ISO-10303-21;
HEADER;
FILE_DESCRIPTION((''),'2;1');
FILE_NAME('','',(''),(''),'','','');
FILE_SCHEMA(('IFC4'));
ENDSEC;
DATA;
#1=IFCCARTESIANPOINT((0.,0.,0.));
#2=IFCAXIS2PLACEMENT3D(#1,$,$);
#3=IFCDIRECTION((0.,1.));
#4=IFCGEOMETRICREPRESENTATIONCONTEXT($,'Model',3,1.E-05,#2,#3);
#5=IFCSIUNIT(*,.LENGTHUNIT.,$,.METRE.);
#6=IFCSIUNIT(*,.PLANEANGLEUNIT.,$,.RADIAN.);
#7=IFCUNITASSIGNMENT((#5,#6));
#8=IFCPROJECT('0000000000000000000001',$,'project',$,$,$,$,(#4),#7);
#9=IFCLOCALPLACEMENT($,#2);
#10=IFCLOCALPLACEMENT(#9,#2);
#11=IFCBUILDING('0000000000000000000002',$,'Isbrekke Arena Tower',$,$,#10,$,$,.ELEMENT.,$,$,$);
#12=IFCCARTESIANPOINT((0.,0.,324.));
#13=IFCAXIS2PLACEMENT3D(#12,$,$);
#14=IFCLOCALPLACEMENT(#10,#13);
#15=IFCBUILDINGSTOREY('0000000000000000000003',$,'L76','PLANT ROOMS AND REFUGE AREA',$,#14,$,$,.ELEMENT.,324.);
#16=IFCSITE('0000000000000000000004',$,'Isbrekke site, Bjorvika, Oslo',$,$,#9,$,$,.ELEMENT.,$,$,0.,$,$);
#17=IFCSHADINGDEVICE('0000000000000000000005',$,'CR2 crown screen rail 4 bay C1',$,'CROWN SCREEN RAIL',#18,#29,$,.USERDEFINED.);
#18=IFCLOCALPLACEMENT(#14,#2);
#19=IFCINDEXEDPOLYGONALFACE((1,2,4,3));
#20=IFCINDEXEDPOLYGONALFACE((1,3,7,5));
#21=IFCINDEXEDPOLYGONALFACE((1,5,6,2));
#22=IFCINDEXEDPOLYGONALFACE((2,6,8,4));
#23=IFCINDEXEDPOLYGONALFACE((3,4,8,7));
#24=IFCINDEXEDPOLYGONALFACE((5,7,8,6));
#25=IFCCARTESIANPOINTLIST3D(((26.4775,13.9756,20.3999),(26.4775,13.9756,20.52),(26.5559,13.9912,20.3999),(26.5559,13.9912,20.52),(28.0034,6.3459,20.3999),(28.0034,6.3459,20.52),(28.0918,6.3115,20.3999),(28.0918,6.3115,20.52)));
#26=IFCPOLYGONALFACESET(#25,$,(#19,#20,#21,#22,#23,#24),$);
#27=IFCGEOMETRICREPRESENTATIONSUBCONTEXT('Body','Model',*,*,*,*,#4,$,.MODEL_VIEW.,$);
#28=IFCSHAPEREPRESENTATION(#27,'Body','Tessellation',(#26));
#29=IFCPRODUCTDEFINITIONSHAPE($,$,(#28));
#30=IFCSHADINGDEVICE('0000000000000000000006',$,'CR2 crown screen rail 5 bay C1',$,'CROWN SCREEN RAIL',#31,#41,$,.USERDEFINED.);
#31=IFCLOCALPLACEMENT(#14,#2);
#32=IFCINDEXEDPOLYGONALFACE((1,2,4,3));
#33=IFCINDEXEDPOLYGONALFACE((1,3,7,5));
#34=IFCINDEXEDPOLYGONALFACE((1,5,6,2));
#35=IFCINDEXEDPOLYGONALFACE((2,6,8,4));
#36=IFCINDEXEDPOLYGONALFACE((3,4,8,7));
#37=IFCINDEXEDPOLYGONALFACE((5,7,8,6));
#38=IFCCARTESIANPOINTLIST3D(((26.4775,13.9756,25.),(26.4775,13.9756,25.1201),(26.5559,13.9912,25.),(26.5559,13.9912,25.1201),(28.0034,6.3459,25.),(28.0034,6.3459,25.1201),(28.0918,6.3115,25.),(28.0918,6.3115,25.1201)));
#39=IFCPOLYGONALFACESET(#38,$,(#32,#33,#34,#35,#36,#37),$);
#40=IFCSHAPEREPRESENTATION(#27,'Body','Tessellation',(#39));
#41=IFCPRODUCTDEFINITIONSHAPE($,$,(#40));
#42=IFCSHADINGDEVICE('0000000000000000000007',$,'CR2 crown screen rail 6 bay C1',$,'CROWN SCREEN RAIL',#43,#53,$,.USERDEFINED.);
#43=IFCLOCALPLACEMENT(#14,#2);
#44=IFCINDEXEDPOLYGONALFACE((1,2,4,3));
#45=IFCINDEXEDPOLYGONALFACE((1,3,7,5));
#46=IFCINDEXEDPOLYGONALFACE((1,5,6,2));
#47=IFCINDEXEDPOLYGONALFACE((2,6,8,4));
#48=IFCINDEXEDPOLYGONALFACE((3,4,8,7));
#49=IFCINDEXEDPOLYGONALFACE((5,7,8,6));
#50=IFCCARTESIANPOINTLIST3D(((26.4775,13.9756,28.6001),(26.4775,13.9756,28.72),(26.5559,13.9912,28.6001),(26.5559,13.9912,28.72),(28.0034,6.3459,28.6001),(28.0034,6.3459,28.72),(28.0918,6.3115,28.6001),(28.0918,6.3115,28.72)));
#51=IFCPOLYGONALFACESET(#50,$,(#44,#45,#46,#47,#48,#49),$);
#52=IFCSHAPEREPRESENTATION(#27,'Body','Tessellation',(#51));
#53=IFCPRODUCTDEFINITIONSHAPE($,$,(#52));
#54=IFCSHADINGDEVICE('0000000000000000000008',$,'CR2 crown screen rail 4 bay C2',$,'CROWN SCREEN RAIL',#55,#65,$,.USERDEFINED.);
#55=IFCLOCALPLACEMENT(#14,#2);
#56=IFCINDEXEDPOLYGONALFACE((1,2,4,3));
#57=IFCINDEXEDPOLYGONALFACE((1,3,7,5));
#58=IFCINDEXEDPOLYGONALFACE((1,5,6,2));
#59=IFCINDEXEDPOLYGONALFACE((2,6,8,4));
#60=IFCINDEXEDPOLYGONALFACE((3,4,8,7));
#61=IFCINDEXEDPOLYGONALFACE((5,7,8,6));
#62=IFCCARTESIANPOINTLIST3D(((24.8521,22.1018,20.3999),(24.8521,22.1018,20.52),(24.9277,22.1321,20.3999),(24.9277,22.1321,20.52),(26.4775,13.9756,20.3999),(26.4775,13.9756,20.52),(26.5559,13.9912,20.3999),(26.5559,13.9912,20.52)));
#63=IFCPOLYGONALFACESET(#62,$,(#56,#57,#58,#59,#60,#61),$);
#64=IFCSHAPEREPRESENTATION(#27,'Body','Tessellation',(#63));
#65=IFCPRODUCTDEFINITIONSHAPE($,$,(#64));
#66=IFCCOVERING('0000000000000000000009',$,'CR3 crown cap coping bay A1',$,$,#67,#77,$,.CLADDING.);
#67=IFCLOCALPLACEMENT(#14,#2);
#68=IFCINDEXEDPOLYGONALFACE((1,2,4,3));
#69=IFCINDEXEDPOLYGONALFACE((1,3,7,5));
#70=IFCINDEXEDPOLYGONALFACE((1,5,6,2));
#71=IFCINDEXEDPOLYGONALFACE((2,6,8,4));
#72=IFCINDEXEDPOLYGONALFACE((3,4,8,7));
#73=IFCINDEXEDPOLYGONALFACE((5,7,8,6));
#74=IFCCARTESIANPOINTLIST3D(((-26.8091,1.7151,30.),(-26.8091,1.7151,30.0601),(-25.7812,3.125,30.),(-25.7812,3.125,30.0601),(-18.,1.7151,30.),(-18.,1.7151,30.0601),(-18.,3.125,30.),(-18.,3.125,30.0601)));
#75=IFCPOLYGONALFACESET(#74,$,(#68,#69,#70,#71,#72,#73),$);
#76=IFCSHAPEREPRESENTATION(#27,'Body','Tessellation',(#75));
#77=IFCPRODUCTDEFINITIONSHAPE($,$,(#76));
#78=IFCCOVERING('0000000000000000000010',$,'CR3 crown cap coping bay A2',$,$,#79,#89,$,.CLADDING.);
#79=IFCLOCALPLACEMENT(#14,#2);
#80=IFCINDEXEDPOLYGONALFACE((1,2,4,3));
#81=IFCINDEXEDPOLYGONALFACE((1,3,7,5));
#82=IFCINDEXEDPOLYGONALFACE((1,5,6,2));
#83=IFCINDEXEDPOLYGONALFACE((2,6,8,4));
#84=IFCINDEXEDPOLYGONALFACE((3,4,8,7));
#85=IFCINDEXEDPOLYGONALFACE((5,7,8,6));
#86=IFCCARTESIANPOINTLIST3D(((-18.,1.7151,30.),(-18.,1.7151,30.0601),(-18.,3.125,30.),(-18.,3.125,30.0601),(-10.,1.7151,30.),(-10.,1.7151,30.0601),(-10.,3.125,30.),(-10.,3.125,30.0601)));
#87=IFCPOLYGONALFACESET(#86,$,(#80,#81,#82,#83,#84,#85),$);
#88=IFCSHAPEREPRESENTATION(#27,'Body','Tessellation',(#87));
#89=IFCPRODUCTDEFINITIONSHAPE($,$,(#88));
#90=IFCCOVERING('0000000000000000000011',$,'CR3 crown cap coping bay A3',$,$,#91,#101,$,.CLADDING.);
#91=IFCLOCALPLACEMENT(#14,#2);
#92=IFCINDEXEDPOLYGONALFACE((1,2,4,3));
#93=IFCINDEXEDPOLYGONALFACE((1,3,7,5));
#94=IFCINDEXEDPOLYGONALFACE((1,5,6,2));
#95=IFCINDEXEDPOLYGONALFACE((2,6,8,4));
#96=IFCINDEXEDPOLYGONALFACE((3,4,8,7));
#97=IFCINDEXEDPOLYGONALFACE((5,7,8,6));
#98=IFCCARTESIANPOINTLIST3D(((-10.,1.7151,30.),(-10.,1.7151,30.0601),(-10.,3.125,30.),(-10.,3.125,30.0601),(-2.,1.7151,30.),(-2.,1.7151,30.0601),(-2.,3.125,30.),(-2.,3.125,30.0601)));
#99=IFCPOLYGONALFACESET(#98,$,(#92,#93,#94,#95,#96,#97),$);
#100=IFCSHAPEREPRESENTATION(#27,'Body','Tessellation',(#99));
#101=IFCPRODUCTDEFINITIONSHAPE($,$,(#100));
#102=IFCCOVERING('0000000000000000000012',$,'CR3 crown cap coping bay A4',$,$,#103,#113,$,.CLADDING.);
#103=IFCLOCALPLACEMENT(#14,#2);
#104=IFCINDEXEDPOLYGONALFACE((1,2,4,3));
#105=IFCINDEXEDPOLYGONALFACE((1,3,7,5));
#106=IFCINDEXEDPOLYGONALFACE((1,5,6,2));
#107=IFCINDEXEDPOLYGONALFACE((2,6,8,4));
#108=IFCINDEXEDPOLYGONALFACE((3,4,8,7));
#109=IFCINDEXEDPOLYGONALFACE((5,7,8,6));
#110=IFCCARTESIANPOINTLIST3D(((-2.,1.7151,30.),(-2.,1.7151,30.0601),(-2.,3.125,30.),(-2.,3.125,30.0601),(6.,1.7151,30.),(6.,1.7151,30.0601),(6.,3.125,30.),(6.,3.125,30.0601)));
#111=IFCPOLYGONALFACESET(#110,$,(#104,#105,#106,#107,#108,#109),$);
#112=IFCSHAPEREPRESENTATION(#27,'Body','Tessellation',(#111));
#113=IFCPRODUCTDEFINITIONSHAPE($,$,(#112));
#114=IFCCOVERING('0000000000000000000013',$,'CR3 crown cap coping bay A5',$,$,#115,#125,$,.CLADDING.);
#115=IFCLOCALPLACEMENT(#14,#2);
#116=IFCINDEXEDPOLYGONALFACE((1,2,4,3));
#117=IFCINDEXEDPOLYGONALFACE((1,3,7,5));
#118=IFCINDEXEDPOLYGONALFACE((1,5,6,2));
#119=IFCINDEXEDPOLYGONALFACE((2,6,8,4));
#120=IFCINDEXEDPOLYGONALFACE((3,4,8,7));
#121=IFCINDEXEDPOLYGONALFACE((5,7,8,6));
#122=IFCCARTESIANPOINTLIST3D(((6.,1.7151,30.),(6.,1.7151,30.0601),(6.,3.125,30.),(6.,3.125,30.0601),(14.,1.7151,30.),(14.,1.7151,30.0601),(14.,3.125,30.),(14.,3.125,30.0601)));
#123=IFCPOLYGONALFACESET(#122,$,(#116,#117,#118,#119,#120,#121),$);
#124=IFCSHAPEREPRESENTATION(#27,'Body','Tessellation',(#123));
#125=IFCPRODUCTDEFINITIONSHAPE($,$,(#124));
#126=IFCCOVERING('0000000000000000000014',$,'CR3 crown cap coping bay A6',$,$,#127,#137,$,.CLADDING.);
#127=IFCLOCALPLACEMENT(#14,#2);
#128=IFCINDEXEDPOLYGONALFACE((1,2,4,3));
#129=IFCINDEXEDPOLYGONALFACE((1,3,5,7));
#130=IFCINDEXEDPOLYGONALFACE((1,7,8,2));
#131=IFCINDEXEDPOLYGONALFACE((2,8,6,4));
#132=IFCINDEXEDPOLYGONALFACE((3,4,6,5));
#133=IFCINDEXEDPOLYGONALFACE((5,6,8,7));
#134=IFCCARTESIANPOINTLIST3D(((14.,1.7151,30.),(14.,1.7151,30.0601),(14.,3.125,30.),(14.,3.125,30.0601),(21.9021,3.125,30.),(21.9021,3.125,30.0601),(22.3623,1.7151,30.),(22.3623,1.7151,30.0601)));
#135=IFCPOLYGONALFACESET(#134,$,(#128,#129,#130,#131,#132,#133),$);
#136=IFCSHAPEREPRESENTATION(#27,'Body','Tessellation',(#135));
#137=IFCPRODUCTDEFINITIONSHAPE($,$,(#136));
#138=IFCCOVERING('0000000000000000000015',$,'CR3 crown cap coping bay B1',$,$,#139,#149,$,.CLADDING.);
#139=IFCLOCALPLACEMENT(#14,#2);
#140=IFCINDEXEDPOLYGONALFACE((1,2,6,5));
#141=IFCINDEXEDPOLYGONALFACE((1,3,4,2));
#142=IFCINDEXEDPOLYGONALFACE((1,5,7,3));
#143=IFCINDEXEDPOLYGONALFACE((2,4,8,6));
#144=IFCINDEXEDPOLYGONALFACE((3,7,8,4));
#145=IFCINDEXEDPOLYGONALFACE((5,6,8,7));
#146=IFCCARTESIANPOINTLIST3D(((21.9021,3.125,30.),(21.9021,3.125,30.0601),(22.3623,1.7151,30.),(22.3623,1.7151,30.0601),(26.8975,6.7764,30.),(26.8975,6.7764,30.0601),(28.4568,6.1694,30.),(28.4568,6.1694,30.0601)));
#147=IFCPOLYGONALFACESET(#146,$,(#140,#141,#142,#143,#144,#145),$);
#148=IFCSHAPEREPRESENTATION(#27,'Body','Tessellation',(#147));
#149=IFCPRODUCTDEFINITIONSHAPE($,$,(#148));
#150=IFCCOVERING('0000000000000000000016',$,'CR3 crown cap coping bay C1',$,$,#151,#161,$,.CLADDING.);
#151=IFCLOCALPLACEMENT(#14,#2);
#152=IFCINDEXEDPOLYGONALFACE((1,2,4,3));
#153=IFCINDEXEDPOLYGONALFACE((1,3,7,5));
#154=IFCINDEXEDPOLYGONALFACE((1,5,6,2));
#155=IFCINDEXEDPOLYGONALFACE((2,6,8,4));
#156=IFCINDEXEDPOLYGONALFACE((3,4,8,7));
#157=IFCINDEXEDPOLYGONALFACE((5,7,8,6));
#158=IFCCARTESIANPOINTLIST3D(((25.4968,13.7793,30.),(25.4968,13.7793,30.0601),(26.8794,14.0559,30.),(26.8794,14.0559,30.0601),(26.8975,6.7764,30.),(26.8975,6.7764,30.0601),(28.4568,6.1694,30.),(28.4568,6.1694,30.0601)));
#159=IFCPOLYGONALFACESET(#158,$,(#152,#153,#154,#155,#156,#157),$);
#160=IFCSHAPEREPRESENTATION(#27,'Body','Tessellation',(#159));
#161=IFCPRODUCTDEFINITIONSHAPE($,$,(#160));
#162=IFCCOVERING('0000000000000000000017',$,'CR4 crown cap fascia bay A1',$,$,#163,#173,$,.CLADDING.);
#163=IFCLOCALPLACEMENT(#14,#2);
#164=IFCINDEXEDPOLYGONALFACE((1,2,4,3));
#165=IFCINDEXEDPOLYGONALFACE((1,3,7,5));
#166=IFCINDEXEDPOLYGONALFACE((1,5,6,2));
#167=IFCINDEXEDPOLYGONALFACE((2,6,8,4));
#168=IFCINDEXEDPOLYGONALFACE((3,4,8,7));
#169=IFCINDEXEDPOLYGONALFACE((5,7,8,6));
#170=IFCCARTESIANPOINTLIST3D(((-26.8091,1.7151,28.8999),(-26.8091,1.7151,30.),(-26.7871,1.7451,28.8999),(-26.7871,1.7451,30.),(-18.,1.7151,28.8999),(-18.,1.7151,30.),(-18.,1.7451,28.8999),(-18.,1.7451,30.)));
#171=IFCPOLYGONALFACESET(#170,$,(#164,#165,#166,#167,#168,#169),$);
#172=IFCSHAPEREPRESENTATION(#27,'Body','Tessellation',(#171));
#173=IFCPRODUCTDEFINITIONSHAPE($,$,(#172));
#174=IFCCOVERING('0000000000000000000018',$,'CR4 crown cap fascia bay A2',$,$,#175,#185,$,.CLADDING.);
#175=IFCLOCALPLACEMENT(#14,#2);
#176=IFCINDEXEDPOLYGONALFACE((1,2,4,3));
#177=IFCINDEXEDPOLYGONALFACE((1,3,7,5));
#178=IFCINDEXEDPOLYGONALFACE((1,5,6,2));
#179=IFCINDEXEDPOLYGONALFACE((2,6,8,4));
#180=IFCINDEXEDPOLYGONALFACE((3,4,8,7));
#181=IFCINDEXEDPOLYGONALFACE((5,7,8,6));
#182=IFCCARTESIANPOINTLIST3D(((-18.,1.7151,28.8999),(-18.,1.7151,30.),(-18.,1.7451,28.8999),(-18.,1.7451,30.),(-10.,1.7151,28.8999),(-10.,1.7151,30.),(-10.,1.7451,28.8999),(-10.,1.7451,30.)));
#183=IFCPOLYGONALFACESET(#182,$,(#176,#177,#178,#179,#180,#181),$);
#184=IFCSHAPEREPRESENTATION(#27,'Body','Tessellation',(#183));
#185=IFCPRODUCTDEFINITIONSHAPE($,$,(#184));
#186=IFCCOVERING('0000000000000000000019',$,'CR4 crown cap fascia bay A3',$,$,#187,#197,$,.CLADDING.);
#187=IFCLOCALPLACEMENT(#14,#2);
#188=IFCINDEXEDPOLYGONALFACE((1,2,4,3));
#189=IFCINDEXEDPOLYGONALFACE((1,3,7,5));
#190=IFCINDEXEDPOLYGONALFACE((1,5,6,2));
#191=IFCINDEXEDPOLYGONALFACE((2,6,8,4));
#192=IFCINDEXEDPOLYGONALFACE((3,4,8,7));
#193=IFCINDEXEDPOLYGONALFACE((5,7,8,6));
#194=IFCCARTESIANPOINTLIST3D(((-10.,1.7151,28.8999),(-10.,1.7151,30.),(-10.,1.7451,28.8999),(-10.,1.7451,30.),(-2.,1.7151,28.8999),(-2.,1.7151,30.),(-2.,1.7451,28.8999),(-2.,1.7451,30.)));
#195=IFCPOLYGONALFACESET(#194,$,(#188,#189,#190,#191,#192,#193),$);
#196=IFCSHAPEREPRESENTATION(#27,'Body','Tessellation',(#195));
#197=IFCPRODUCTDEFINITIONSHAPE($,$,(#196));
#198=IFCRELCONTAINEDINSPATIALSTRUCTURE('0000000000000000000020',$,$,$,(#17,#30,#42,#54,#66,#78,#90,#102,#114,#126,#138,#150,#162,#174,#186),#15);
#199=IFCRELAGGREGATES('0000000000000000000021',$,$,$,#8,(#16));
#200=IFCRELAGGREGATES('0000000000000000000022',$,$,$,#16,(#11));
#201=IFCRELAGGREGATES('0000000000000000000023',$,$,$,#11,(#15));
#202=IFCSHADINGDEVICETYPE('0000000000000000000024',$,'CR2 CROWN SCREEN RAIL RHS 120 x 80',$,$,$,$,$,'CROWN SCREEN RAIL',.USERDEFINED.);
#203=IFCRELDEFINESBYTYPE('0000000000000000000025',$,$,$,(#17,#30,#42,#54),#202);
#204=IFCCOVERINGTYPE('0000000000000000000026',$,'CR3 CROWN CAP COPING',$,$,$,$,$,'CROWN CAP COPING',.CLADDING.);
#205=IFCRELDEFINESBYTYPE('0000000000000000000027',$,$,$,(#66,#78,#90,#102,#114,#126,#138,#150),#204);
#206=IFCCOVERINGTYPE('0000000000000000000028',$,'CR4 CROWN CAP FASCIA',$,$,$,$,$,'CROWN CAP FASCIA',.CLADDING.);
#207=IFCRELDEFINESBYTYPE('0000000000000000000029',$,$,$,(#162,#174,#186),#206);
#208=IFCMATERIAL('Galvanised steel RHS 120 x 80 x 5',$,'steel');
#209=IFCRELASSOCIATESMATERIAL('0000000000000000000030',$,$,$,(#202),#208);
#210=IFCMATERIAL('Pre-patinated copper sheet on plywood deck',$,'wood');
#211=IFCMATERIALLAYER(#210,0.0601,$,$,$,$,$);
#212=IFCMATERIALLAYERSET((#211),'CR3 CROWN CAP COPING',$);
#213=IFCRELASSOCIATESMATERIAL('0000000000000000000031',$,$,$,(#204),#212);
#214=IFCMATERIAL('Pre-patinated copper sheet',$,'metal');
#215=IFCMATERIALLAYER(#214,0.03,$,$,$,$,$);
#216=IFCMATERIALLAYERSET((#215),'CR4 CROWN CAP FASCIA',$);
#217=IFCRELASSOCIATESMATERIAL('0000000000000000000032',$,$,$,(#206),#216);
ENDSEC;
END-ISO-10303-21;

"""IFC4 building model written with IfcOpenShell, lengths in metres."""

from ifc_helpers import new_model, si_unit, direction, frame, origin, place, context, subcontext, project, spatial, polyline, outline, extrude, material, layer, layer_set, type_object, element, save


model = new_model("IFC4")

# Units and contexts
model_context = context("Model", 3, precision=1e-05, world=origin(), true_north=direction((0.0, 1.0)))
body_context = subcontext(model_context, "Body", "Model", "MODEL_VIEW")
ifc_project = project(units=[si_unit("LENGTHUNIT", "METRE"), si_unit("PLANEANGLEUNIT", "RADIAN")], contexts=[model_context])

# Site, building, storey
site_placement = place(None, origin())
site = spatial("IfcSite", under=ifc_project, at=site_placement, Name="Isbrekke site, Bjorvika, Oslo", CompositionType="ELEMENT", RefElevation=0.0)
building_placement = place(site_placement, origin())
building = spatial("IfcBuilding", under=site, at=building_placement, Name="Isbrekke Arena Tower", CompositionType="ELEMENT")
storey_placement = place(building_placement, frame((0.0, 0.0, 324.0)))
storey = spatial("IfcBuildingStorey", under=building, at=storey_placement, Name="L76", Description="PLANT ROOMS AND REFUGE AREA", CompositionType="ELEMENT", Elevation=324.0)

# Shading devices
ifc_material_1 = material(Name="Galvanised steel RHS 120 x 80 x 5", Category="steel")
shading_device_type = type_object("IfcShadingDeviceType", Name="CR2 CROWN SCREEN RAIL RHS 120 x 80", ElementType="CROWN SCREEN RAIL", PredefinedType="USERDEFINED", material=ifc_material_1)
for number, where, name in (
    (1, (0.0, 0.0, 20.3999), "CR2 crown screen rail 4 bay C1"),
    (2, (0.0, 0.0, 25.0), "CR2 crown screen rail 5 bay C1"),
):
    element("IfcShadingDevice", number, at=place(storey_placement, frame(where)), inside=storey, type_object=shading_device_type, Name=name, ObjectType="CROWN SCREEN RAIL", PredefinedType="USERDEFINED", context=body_context, shape_type="SweptSolid", body=[
        extrude(outline(polyline([(28.0034, 6.3459), (26.4775, 13.9756), (26.5559, 13.9912), (28.0918, 6.3115), (28.0034, 6.3459)])), origin(), (0.0, 0.0, 1.0), 0.1201),
    ])
shading_device_1_placement = place(storey_placement, frame((0.0, 0.0, 28.6001)))
element("IfcShadingDevice", 3, at=shading_device_1_placement, inside=storey, type_object=shading_device_type, Name="CR2 crown screen rail 6 bay C1", ObjectType="CROWN SCREEN RAIL", PredefinedType="USERDEFINED", context=body_context, shape_type="SweptSolid", body=[
    extrude(outline(polyline([(28.0034, 6.3459), (26.4775, 13.9756), (26.5559, 13.9912), (28.0918, 6.3115), (28.0034, 6.3459)])), origin(), (0.0, 0.0, 1.0), 0.1199),
])
shading_device_2_placement = place(storey_placement, frame((0.0, 0.0, 20.3999)))
element("IfcShadingDevice", 4, at=shading_device_2_placement, inside=storey, type_object=shading_device_type, Name="CR2 crown screen rail 4 bay C2", ObjectType="CROWN SCREEN RAIL", PredefinedType="USERDEFINED", context=body_context, shape_type="SweptSolid", body=[
    extrude(outline(polyline([(26.4775, 13.9756), (24.8521, 22.1018), (24.9277, 22.1321), (26.5559, 13.9912), (26.4775, 13.9756)])), origin(), (0.0, 0.0, 1.0), 0.1201),
])

# Coverings
ifc_material_2 = material(Name="Pre-patinated copper sheet on plywood deck", Category="wood")
ifc_layer_1 = layer(ifc_material_2, 0.0601)
ifc_layer_set_1 = layer_set([ifc_layer_1], Name="CR3 CROWN CAP COPING")
covering_type_1 = type_object("IfcCoveringType", Name="CR3 CROWN CAP COPING", ElementType="CROWN CAP COPING", PredefinedType="CLADDING", material=ifc_layer_set_1)
covering_1_placement = place(storey_placement, frame((0.0, 0.0, 30.0)))
element("IfcCovering", 5, at=covering_1_placement, inside=storey, type_object=covering_type_1, Name="CR3 crown cap coping bay A1", PredefinedType="CLADDING", context=body_context, shape_type="SweptSolid", body=[
    extrude(outline(polyline([(-25.7812, 3.125), (-18.0, 3.125), (-18.0, 1.7151), (-26.8091, 1.7151), (-25.7812, 3.125)])), origin(), (0.0, 0.0, 1.0), 0.0601),
])
covering_2_placement = place(storey_placement, frame((0.0, 0.0, 30.0)))
element("IfcCovering", 6, at=covering_2_placement, inside=storey, type_object=covering_type_1, Name="CR3 crown cap coping bay A2", PredefinedType="CLADDING", context=body_context, shape_type="SweptSolid", body=[
    extrude(outline(polyline([(-18.0, 3.125), (-10.0, 3.125), (-10.0, 1.7151), (-18.0, 1.7151), (-18.0, 3.125)])), origin(), (0.0, 0.0, 1.0), 0.0601),
])
covering_3_placement = place(storey_placement, frame((0.0, 0.0, 30.0)))
element("IfcCovering", 7, at=covering_3_placement, inside=storey, type_object=covering_type_1, Name="CR3 crown cap coping bay A3", PredefinedType="CLADDING", context=body_context, shape_type="SweptSolid", body=[
    extrude(outline(polyline([(-10.0, 3.125), (-2.0, 3.125), (-2.0, 1.7151), (-10.0, 1.7151), (-10.0, 3.125)])), origin(), (0.0, 0.0, 1.0), 0.0601),
])
covering_4_placement = place(storey_placement, frame((0.0, 0.0, 30.0)))
element("IfcCovering", 8, at=covering_4_placement, inside=storey, type_object=covering_type_1, Name="CR3 crown cap coping bay A4", PredefinedType="CLADDING", context=body_context, shape_type="SweptSolid", body=[
    extrude(outline(polyline([(-2.0, 3.125), (6.0, 3.125), (6.0, 1.7151), (-2.0, 1.7151), (-2.0, 3.125)])), origin(), (0.0, 0.0, 1.0), 0.0601),
])
covering_5_placement = place(storey_placement, frame((0.0, 0.0, 30.0)))
element("IfcCovering", 9, at=covering_5_placement, inside=storey, type_object=covering_type_1, Name="CR3 crown cap coping bay A5", PredefinedType="CLADDING", context=body_context, shape_type="SweptSolid", body=[
    extrude(outline(polyline([(6.0, 3.125), (14.0, 3.125), (14.0, 1.7151), (6.0, 1.7151), (6.0, 3.125)])), origin(), (0.0, 0.0, 1.0), 0.0601),
])
covering_6_placement = place(storey_placement, frame((0.0, 0.0, 30.0)))
element("IfcCovering", 10, at=covering_6_placement, inside=storey, type_object=covering_type_1, Name="CR3 crown cap coping bay A6", PredefinedType="CLADDING", context=body_context, shape_type="SweptSolid", body=[
    extrude(outline(polyline([(14.0, 3.125), (21.9021, 3.125), (22.3623, 1.7151), (14.0, 1.7151), (14.0, 3.125)])), origin(), (0.0, 0.0, 1.0), 0.0601),
])
covering_7_placement = place(storey_placement, frame((0.0, 0.0, 30.0)))
element("IfcCovering", 11, at=covering_7_placement, inside=storey, type_object=covering_type_1, Name="CR3 crown cap coping bay B1", PredefinedType="CLADDING", context=body_context, shape_type="SweptSolid", body=[
    extrude(outline(polyline([(21.9021, 3.125), (26.8975, 6.7764), (28.4568, 6.1694), (22.3623, 1.7151), (21.9021, 3.125)])), origin(), (0.0, 0.0, 1.0), 0.0601),
])
covering_8_placement = place(storey_placement, frame((0.0, 0.0, 30.0)))
element("IfcCovering", 12, at=covering_8_placement, inside=storey, type_object=covering_type_1, Name="CR3 crown cap coping bay C1", PredefinedType="CLADDING", context=body_context, shape_type="SweptSolid", body=[
    extrude(outline(polyline([(26.8975, 6.7764), (25.4968, 13.7793), (26.8794, 14.0559), (28.4568, 6.1694), (26.8975, 6.7764)])), origin(), (0.0, 0.0, 1.0), 0.0601),
])
ifc_material_3 = material(Name="Pre-patinated copper sheet", Category="metal")
ifc_layer_2 = layer(ifc_material_3, 0.03)
ifc_layer_set_2 = layer_set([ifc_layer_2], Name="CR4 CROWN CAP FASCIA")
covering_type_2 = type_object("IfcCoveringType", Name="CR4 CROWN CAP FASCIA", ElementType="CROWN CAP FASCIA", PredefinedType="CLADDING", material=ifc_layer_set_2)
covering_9_placement = place(storey_placement, frame((0.0, 0.0, 28.8999)))
element("IfcCovering", 13, at=covering_9_placement, inside=storey, type_object=covering_type_2, Name="CR4 crown cap fascia bay A1", PredefinedType="CLADDING", context=body_context, shape_type="SweptSolid", body=[
    extrude(outline(polyline([(-26.7871, 1.7451), (-18.0, 1.7451), (-18.0, 1.7151), (-26.8091, 1.7151), (-26.7871, 1.7451)])), origin(), (0.0, 0.0, 1.0), 1.1001),
])
covering_10_placement = place(storey_placement, frame((0.0, 0.0, 28.8999)))
element("IfcCovering", 14, at=covering_10_placement, inside=storey, type_object=covering_type_2, Name="CR4 crown cap fascia bay A2", PredefinedType="CLADDING", context=body_context, shape_type="SweptSolid", body=[
    extrude(outline(polyline([(-18.0, 1.7451), (-10.0, 1.7451), (-10.0, 1.7151), (-18.0, 1.7151), (-18.0, 1.7451)])), origin(), (0.0, 0.0, 1.0), 1.1001),
])
covering_11_placement = place(storey_placement, frame((0.0, 0.0, 28.8999)))
element("IfcCovering", 15, at=covering_11_placement, inside=storey, type_object=covering_type_2, Name="CR4 crown cap fascia bay A3", PredefinedType="CLADDING", context=body_context, shape_type="SweptSolid", body=[
    extrude(outline(polyline([(-10.0, 1.7451), (-2.0, 1.7451), (-2.0, 1.7151), (-10.0, 1.7151), (-10.0, 1.7451)])), origin(), (0.0, 0.0, 1.0), 1.1001),
])

save(model, "model.ifc")
